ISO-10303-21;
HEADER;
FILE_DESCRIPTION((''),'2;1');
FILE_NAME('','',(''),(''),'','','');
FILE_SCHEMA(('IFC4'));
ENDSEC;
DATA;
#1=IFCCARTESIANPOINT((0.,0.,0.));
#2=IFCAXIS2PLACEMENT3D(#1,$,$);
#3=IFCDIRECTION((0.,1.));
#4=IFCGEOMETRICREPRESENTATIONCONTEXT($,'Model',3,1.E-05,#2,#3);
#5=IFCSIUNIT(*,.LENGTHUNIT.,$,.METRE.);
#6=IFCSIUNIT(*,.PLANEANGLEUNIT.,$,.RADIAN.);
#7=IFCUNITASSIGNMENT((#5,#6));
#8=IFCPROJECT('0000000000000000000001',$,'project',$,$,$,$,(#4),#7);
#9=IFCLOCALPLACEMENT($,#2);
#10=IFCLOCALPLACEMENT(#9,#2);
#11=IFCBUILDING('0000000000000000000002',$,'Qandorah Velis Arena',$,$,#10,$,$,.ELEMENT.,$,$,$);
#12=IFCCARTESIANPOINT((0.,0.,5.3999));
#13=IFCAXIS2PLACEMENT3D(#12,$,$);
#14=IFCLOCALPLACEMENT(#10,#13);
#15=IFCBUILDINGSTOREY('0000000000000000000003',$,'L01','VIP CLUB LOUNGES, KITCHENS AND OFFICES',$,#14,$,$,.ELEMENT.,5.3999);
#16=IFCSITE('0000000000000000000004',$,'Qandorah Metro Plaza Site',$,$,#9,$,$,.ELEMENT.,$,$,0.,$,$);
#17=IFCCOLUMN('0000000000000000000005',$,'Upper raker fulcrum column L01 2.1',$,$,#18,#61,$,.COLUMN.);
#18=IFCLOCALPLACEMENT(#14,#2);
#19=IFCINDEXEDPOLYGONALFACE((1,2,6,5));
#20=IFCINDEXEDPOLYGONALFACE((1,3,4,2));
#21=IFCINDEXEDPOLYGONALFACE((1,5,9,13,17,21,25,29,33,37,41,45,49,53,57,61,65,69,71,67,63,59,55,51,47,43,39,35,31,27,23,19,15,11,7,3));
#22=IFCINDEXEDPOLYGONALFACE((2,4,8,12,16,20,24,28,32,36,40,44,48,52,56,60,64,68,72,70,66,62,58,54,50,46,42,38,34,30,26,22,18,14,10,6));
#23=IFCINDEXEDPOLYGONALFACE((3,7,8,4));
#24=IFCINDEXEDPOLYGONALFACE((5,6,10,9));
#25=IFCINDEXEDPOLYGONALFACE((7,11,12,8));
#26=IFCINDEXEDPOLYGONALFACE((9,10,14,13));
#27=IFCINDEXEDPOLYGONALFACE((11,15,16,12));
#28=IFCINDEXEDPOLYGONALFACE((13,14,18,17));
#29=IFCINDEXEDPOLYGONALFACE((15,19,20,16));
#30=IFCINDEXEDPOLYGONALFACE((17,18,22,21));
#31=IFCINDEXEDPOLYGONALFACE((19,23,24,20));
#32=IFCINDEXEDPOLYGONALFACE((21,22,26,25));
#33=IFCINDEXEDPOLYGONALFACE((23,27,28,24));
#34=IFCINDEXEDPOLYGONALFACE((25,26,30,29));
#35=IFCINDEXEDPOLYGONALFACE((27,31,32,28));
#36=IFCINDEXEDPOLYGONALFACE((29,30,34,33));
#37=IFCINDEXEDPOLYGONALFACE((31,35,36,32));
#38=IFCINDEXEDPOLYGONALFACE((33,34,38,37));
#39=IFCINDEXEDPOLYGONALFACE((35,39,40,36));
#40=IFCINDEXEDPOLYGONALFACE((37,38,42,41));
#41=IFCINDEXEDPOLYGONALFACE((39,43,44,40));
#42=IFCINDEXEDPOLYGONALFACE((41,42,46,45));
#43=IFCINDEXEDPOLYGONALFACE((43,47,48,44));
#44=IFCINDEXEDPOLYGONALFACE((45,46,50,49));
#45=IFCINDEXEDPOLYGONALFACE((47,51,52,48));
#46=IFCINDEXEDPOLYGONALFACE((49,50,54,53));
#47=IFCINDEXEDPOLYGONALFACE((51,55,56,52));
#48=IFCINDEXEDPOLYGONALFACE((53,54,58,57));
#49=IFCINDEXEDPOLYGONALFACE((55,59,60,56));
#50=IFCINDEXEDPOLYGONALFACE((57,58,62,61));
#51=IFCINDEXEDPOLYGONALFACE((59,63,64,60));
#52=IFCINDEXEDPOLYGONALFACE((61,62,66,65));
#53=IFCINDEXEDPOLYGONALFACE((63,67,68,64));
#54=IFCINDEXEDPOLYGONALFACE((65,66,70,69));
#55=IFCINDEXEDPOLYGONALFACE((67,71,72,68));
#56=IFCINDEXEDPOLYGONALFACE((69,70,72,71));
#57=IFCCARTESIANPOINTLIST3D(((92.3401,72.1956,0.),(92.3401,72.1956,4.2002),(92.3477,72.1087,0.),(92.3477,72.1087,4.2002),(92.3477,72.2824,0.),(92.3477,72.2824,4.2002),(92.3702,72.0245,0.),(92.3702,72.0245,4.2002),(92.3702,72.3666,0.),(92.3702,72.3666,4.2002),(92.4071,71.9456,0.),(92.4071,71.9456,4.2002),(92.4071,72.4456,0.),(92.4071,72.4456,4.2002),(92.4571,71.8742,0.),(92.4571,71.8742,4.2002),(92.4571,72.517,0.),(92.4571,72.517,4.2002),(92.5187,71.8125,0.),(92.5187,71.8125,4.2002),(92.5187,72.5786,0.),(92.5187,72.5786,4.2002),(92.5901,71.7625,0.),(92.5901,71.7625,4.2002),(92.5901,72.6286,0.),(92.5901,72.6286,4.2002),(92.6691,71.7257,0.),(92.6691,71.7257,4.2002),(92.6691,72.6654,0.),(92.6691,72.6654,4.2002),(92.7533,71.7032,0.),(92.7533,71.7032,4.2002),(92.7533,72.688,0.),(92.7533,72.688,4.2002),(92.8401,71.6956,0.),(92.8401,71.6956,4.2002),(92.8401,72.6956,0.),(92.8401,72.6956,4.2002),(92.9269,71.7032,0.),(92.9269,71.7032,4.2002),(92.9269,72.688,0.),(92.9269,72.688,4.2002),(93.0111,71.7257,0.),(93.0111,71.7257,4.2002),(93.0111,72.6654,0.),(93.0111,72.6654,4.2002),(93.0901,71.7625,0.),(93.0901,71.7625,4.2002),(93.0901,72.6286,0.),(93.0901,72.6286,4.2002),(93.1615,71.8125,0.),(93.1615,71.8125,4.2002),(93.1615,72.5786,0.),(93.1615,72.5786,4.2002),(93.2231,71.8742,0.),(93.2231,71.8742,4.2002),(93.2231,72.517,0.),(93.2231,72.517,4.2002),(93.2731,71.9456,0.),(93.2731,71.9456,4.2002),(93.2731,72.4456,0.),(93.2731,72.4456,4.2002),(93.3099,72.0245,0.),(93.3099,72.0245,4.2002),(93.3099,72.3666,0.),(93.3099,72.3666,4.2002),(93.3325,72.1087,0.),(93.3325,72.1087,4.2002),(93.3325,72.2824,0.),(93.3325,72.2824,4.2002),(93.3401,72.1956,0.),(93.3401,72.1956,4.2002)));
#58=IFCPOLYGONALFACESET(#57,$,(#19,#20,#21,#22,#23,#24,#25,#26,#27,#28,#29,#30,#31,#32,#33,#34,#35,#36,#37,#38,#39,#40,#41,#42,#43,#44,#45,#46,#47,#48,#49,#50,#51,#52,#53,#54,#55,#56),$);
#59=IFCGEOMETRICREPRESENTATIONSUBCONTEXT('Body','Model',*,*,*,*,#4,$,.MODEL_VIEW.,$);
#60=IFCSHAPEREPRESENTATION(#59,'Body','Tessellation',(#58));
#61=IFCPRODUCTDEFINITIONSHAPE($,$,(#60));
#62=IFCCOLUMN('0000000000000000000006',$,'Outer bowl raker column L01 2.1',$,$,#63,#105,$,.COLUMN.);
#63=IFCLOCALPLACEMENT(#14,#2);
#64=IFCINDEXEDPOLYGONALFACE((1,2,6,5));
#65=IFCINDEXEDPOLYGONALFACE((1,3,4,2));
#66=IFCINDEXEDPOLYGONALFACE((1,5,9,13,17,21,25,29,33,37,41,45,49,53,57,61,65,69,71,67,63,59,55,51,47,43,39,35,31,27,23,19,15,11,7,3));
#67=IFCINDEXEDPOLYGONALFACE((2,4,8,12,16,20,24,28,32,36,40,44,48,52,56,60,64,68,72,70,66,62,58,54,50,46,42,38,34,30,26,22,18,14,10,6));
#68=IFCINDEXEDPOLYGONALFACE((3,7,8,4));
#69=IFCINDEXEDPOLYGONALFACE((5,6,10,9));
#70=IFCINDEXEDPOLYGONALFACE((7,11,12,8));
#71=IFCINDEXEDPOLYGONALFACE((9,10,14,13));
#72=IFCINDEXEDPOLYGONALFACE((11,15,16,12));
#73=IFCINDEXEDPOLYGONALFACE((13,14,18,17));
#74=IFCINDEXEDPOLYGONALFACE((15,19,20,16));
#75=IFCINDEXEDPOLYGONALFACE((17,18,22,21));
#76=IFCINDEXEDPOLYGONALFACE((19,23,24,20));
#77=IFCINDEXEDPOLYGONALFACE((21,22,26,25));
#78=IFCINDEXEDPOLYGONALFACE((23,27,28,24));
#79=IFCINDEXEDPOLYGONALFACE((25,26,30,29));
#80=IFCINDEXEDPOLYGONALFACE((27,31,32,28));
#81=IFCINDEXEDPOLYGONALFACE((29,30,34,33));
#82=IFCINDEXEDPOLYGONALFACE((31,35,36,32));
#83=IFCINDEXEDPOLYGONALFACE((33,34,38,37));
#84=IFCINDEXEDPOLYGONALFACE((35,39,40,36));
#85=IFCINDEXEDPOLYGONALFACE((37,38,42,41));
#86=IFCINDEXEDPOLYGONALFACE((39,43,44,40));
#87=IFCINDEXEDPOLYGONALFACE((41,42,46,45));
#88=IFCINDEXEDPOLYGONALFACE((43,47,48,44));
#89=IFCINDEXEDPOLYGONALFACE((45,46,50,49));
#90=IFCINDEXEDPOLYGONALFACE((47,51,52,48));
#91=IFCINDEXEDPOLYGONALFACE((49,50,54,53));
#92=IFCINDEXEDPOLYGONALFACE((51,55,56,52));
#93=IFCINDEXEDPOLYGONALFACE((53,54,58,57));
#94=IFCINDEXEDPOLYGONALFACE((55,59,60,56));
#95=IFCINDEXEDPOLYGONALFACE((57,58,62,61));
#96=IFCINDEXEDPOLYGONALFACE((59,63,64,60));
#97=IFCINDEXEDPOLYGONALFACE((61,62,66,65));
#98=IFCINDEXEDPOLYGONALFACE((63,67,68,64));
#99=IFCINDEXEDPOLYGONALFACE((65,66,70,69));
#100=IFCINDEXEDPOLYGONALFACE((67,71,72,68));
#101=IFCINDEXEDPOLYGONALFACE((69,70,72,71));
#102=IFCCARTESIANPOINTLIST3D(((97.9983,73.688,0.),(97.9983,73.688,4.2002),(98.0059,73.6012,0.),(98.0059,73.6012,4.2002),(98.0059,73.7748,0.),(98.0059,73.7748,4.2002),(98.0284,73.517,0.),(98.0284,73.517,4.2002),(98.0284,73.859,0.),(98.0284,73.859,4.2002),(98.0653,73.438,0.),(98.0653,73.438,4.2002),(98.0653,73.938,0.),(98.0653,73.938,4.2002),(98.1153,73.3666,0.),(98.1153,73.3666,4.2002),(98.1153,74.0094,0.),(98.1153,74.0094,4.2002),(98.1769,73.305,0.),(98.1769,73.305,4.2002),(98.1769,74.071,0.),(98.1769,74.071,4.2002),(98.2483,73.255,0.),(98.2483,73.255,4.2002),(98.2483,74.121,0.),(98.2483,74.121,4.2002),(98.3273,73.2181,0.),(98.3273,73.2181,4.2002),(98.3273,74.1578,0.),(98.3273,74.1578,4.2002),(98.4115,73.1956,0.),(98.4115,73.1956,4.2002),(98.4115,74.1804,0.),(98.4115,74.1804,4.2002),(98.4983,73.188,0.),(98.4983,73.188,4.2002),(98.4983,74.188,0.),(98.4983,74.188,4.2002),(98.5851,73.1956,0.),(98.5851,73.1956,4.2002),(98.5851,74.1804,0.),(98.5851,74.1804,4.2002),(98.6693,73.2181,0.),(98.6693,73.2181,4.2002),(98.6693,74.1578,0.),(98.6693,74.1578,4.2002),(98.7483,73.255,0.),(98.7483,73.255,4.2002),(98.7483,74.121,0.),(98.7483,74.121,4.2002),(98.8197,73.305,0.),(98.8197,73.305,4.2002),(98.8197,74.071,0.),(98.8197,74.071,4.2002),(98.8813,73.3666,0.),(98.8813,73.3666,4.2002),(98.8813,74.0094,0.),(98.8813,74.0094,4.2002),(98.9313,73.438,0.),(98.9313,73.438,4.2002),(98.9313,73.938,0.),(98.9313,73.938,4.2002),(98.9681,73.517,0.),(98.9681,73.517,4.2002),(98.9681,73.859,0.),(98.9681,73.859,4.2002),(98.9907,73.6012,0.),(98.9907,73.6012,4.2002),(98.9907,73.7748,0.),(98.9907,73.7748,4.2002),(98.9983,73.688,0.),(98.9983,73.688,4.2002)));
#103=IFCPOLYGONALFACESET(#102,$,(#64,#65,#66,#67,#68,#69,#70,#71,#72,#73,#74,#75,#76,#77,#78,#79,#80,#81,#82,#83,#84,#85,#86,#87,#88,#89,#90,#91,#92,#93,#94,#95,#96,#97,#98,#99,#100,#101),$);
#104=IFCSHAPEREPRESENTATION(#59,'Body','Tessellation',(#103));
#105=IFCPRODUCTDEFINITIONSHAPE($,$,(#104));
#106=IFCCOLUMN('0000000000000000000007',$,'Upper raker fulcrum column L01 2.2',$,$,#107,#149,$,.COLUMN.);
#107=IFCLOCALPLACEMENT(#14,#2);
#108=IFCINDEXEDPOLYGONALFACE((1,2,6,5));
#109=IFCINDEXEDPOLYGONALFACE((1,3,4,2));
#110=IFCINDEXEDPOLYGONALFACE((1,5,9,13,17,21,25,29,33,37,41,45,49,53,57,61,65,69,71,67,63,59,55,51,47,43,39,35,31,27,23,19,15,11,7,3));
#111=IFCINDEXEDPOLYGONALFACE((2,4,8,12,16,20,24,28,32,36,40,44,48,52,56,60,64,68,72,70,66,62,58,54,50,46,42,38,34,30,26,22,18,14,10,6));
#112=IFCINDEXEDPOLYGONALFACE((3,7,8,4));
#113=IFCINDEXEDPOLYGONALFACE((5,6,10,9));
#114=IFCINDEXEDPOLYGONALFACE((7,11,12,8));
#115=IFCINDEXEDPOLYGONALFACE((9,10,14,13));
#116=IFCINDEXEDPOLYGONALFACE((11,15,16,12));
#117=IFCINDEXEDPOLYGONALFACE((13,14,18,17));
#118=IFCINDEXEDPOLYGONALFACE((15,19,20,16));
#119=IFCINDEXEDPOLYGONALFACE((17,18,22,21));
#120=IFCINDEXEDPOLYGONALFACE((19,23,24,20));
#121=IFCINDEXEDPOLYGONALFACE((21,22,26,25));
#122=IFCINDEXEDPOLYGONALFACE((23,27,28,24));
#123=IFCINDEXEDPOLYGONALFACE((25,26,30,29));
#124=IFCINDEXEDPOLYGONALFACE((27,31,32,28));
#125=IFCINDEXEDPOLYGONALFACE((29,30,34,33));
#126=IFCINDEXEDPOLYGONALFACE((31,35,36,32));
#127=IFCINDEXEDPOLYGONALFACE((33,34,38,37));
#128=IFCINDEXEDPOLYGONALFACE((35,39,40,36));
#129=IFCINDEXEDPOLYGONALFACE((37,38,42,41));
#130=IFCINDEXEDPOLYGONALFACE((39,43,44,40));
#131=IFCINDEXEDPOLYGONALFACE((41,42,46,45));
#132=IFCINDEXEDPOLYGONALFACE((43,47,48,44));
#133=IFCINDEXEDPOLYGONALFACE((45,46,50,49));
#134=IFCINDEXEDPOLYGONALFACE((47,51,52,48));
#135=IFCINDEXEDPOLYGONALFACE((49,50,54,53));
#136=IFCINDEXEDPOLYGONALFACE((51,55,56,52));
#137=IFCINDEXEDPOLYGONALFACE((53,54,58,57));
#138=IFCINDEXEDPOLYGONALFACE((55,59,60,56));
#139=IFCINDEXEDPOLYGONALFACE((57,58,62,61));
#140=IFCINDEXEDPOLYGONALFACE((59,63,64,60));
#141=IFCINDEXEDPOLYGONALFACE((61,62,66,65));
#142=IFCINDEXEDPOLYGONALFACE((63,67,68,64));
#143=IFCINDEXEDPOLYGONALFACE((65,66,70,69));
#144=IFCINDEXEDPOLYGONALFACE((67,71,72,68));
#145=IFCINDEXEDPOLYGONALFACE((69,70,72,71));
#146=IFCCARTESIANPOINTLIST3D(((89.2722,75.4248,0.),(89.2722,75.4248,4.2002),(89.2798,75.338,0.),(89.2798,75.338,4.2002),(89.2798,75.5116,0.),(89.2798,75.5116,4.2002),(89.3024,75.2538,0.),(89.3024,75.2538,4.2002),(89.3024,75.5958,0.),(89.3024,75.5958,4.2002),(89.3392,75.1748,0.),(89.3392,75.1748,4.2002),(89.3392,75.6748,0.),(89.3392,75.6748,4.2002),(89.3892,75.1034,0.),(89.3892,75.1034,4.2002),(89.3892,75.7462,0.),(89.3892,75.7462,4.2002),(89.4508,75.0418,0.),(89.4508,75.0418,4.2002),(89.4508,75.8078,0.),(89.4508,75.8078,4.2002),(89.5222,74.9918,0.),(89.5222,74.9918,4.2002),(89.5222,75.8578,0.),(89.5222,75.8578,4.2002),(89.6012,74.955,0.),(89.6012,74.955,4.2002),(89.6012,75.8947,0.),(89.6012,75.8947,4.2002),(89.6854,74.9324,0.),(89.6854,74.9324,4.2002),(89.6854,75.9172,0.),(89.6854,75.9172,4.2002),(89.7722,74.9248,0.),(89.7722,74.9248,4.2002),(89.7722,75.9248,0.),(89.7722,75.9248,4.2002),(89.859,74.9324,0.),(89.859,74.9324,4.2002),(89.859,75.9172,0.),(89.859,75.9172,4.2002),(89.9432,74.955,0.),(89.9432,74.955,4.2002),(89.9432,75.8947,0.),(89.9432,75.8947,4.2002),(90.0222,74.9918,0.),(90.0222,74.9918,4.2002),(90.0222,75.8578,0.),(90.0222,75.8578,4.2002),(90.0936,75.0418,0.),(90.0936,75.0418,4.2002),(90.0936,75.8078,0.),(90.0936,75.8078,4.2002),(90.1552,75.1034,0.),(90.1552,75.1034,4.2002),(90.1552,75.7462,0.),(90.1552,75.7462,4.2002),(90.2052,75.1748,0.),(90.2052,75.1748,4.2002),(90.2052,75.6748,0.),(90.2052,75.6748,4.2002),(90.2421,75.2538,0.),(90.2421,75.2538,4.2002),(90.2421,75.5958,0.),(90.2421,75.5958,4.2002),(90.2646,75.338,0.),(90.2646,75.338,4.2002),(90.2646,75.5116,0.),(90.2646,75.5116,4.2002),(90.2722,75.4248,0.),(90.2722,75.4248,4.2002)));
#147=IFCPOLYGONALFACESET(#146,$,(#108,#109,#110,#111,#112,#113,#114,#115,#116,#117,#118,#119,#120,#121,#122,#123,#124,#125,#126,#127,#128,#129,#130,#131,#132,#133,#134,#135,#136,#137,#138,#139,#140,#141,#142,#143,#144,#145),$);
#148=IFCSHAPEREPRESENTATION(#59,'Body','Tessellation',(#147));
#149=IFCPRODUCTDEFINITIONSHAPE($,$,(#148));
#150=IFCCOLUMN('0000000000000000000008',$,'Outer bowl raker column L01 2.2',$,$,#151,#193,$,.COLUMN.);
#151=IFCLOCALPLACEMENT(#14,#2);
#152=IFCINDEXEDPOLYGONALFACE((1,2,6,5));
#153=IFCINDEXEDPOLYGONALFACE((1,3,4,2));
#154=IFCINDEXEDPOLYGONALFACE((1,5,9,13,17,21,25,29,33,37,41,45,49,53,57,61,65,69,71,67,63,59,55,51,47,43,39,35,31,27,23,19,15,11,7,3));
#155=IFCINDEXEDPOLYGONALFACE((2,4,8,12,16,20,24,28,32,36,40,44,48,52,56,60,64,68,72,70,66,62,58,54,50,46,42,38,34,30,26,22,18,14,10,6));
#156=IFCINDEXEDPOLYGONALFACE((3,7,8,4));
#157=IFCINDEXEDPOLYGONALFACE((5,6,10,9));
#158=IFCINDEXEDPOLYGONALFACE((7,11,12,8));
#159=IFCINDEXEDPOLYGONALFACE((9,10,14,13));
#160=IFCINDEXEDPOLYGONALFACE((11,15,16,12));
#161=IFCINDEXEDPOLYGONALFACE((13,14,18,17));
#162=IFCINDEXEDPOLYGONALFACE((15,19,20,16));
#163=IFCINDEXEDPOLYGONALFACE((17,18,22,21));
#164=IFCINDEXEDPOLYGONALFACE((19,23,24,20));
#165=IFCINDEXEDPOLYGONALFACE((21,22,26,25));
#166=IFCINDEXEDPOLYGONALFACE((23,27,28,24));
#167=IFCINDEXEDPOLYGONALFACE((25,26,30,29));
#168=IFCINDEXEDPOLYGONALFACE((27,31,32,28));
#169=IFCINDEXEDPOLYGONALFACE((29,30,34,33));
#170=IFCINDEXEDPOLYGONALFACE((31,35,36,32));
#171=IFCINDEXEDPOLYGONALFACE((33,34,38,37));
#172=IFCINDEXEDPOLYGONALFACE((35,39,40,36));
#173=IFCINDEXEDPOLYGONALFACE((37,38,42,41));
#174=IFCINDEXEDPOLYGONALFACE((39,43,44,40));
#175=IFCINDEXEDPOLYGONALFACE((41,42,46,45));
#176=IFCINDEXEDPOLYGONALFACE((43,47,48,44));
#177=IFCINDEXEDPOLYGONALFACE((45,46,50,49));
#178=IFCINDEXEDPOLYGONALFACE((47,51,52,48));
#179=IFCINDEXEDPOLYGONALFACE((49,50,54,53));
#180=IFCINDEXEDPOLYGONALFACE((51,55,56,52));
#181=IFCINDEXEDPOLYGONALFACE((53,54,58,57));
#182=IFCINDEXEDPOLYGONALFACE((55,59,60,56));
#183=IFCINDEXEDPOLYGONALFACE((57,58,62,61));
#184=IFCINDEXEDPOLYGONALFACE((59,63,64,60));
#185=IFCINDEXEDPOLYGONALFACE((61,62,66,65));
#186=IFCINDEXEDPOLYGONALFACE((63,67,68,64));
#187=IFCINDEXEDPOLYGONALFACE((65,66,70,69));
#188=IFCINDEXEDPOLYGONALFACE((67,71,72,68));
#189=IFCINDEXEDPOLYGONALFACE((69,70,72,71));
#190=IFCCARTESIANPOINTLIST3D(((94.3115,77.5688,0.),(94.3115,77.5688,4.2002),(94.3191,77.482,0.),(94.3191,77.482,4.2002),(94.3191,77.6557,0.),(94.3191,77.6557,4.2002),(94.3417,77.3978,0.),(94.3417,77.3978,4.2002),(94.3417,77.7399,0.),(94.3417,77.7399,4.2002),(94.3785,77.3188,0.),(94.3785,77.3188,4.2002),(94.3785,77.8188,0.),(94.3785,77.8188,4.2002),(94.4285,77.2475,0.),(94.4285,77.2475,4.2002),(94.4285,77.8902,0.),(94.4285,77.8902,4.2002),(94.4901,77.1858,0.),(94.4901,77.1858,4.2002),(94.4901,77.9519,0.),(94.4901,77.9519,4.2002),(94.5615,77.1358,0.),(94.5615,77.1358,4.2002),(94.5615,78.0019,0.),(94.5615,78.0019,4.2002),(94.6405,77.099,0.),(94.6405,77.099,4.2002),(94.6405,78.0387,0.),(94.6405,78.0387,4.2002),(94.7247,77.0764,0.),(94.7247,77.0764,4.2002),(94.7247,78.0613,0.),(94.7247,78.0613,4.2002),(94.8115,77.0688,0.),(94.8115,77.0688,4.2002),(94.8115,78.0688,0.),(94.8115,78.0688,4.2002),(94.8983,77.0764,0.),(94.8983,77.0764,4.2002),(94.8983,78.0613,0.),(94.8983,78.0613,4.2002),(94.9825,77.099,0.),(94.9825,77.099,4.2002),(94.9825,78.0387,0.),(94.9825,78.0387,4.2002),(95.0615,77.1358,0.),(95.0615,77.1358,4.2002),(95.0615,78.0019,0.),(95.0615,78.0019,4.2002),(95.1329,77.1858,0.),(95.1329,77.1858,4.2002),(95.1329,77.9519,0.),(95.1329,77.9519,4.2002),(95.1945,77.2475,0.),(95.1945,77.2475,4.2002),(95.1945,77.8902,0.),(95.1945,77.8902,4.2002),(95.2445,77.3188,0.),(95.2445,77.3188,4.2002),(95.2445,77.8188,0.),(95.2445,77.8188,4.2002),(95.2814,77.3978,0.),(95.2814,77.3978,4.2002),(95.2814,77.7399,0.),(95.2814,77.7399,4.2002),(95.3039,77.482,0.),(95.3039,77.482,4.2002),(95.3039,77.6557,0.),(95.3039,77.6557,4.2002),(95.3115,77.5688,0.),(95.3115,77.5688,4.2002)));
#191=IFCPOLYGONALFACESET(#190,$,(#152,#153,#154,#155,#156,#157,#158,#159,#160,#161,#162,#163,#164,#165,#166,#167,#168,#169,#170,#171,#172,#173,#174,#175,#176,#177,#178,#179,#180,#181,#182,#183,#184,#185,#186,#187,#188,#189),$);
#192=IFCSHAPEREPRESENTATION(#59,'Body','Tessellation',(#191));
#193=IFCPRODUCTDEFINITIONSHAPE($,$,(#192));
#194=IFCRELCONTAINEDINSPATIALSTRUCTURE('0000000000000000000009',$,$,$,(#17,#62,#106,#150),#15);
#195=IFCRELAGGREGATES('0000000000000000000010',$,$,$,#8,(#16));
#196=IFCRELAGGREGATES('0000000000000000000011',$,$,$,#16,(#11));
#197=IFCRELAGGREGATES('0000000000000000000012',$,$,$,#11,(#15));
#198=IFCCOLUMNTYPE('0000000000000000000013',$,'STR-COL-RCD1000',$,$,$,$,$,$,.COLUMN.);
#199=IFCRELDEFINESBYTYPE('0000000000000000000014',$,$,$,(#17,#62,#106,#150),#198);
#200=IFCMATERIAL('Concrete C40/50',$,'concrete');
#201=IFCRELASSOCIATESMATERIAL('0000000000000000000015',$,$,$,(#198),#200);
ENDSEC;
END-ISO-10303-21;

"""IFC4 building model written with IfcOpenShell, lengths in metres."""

from ifc_helpers import new_model, si_unit, direction, frame, origin, origin_2d, place, context, subcontext, project, spatial, circle, extrude, material, material_profile, profile_set, type_object, element, save


model = new_model("IFC4")

# Units and contexts
model_context = context("Model", 3, precision=1e-05, world=origin(), true_north=direction((0.0, 1.0)))
body_context = subcontext(model_context, "Body", "Model", "MODEL_VIEW")
ifc_project = project(units=[si_unit("LENGTHUNIT", "METRE"), si_unit("PLANEANGLEUNIT", "RADIAN")], contexts=[model_context])

# Site, building, storey
site_placement = place(None, origin())
site = spatial("IfcSite", under=ifc_project, at=site_placement, Name="Qandorah Metro Plaza Site", CompositionType="ELEMENT", RefElevation=0.0)
building_placement = place(site_placement, origin())
building = spatial("IfcBuilding", under=site, at=building_placement, Name="Qandorah Velis Arena", CompositionType="ELEMENT")
storey_placement = place(building_placement, frame((0.0, 0.0, 5.3999)))
storey = spatial("IfcBuildingStorey", under=building, at=storey_placement, Name="L01", Description="VIP CLUB LOUNGES, KITCHENS AND OFFICES", CompositionType="ELEMENT", Elevation=5.3999)

# Columns
ifc_material_1 = material(Name="Concrete C40/50", Category="concrete")
ifc_material_profile_1 = material_profile(ifc_material_1, circle(Radius=0.5, at=origin_2d()), Name="RC D1000")
ifc_profile_set_1 = profile_set([ifc_material_profile_1], Name="Concrete C40/50")
column_type = type_object("IfcColumnType", Name="STR-COL-RCD1000", PredefinedType="COLUMN", material=ifc_profile_set_1)
for number, where, z_axis, x_axis, name in (
    (1, (92.8401, 72.1956, 0.0), (0.0, 0.0, 1.0), (1.0, 0.0, 0.0), "Upper raker fulcrum column L01 2.1"),
    (2, (98.4983, 73.688, 0.0), (0.0, 0.0, 1.0), (1.0, 0.0, 0.0), "Outer bowl raker column L01 2.1"),
    (3, (89.7722, 75.4248, 0.0), (0.0, 0.0, 1.0), (1.0, 0.0, 0.0), "Upper raker fulcrum column L01 2.2"),
    (4, (94.8115, 77.5688, 0.0), (0.0, 0.0, 1.0), (1.0, 0.0, 0.0), "Outer bowl raker column L01 2.2"),
):
    element("IfcColumn", number, at=place(storey_placement, frame(where, z_axis=z_axis, x_axis=x_axis)), inside=storey, type_object=column_type, Name=name, PredefinedType="COLUMN", context=body_context, shape_type="SweptSolid", body=[
        extrude(circle(Radius=0.5, at=origin_2d()), origin(), (0.0, 0.0, 1.0), 4.2002),
    ])

save(model, "model.ifc")
